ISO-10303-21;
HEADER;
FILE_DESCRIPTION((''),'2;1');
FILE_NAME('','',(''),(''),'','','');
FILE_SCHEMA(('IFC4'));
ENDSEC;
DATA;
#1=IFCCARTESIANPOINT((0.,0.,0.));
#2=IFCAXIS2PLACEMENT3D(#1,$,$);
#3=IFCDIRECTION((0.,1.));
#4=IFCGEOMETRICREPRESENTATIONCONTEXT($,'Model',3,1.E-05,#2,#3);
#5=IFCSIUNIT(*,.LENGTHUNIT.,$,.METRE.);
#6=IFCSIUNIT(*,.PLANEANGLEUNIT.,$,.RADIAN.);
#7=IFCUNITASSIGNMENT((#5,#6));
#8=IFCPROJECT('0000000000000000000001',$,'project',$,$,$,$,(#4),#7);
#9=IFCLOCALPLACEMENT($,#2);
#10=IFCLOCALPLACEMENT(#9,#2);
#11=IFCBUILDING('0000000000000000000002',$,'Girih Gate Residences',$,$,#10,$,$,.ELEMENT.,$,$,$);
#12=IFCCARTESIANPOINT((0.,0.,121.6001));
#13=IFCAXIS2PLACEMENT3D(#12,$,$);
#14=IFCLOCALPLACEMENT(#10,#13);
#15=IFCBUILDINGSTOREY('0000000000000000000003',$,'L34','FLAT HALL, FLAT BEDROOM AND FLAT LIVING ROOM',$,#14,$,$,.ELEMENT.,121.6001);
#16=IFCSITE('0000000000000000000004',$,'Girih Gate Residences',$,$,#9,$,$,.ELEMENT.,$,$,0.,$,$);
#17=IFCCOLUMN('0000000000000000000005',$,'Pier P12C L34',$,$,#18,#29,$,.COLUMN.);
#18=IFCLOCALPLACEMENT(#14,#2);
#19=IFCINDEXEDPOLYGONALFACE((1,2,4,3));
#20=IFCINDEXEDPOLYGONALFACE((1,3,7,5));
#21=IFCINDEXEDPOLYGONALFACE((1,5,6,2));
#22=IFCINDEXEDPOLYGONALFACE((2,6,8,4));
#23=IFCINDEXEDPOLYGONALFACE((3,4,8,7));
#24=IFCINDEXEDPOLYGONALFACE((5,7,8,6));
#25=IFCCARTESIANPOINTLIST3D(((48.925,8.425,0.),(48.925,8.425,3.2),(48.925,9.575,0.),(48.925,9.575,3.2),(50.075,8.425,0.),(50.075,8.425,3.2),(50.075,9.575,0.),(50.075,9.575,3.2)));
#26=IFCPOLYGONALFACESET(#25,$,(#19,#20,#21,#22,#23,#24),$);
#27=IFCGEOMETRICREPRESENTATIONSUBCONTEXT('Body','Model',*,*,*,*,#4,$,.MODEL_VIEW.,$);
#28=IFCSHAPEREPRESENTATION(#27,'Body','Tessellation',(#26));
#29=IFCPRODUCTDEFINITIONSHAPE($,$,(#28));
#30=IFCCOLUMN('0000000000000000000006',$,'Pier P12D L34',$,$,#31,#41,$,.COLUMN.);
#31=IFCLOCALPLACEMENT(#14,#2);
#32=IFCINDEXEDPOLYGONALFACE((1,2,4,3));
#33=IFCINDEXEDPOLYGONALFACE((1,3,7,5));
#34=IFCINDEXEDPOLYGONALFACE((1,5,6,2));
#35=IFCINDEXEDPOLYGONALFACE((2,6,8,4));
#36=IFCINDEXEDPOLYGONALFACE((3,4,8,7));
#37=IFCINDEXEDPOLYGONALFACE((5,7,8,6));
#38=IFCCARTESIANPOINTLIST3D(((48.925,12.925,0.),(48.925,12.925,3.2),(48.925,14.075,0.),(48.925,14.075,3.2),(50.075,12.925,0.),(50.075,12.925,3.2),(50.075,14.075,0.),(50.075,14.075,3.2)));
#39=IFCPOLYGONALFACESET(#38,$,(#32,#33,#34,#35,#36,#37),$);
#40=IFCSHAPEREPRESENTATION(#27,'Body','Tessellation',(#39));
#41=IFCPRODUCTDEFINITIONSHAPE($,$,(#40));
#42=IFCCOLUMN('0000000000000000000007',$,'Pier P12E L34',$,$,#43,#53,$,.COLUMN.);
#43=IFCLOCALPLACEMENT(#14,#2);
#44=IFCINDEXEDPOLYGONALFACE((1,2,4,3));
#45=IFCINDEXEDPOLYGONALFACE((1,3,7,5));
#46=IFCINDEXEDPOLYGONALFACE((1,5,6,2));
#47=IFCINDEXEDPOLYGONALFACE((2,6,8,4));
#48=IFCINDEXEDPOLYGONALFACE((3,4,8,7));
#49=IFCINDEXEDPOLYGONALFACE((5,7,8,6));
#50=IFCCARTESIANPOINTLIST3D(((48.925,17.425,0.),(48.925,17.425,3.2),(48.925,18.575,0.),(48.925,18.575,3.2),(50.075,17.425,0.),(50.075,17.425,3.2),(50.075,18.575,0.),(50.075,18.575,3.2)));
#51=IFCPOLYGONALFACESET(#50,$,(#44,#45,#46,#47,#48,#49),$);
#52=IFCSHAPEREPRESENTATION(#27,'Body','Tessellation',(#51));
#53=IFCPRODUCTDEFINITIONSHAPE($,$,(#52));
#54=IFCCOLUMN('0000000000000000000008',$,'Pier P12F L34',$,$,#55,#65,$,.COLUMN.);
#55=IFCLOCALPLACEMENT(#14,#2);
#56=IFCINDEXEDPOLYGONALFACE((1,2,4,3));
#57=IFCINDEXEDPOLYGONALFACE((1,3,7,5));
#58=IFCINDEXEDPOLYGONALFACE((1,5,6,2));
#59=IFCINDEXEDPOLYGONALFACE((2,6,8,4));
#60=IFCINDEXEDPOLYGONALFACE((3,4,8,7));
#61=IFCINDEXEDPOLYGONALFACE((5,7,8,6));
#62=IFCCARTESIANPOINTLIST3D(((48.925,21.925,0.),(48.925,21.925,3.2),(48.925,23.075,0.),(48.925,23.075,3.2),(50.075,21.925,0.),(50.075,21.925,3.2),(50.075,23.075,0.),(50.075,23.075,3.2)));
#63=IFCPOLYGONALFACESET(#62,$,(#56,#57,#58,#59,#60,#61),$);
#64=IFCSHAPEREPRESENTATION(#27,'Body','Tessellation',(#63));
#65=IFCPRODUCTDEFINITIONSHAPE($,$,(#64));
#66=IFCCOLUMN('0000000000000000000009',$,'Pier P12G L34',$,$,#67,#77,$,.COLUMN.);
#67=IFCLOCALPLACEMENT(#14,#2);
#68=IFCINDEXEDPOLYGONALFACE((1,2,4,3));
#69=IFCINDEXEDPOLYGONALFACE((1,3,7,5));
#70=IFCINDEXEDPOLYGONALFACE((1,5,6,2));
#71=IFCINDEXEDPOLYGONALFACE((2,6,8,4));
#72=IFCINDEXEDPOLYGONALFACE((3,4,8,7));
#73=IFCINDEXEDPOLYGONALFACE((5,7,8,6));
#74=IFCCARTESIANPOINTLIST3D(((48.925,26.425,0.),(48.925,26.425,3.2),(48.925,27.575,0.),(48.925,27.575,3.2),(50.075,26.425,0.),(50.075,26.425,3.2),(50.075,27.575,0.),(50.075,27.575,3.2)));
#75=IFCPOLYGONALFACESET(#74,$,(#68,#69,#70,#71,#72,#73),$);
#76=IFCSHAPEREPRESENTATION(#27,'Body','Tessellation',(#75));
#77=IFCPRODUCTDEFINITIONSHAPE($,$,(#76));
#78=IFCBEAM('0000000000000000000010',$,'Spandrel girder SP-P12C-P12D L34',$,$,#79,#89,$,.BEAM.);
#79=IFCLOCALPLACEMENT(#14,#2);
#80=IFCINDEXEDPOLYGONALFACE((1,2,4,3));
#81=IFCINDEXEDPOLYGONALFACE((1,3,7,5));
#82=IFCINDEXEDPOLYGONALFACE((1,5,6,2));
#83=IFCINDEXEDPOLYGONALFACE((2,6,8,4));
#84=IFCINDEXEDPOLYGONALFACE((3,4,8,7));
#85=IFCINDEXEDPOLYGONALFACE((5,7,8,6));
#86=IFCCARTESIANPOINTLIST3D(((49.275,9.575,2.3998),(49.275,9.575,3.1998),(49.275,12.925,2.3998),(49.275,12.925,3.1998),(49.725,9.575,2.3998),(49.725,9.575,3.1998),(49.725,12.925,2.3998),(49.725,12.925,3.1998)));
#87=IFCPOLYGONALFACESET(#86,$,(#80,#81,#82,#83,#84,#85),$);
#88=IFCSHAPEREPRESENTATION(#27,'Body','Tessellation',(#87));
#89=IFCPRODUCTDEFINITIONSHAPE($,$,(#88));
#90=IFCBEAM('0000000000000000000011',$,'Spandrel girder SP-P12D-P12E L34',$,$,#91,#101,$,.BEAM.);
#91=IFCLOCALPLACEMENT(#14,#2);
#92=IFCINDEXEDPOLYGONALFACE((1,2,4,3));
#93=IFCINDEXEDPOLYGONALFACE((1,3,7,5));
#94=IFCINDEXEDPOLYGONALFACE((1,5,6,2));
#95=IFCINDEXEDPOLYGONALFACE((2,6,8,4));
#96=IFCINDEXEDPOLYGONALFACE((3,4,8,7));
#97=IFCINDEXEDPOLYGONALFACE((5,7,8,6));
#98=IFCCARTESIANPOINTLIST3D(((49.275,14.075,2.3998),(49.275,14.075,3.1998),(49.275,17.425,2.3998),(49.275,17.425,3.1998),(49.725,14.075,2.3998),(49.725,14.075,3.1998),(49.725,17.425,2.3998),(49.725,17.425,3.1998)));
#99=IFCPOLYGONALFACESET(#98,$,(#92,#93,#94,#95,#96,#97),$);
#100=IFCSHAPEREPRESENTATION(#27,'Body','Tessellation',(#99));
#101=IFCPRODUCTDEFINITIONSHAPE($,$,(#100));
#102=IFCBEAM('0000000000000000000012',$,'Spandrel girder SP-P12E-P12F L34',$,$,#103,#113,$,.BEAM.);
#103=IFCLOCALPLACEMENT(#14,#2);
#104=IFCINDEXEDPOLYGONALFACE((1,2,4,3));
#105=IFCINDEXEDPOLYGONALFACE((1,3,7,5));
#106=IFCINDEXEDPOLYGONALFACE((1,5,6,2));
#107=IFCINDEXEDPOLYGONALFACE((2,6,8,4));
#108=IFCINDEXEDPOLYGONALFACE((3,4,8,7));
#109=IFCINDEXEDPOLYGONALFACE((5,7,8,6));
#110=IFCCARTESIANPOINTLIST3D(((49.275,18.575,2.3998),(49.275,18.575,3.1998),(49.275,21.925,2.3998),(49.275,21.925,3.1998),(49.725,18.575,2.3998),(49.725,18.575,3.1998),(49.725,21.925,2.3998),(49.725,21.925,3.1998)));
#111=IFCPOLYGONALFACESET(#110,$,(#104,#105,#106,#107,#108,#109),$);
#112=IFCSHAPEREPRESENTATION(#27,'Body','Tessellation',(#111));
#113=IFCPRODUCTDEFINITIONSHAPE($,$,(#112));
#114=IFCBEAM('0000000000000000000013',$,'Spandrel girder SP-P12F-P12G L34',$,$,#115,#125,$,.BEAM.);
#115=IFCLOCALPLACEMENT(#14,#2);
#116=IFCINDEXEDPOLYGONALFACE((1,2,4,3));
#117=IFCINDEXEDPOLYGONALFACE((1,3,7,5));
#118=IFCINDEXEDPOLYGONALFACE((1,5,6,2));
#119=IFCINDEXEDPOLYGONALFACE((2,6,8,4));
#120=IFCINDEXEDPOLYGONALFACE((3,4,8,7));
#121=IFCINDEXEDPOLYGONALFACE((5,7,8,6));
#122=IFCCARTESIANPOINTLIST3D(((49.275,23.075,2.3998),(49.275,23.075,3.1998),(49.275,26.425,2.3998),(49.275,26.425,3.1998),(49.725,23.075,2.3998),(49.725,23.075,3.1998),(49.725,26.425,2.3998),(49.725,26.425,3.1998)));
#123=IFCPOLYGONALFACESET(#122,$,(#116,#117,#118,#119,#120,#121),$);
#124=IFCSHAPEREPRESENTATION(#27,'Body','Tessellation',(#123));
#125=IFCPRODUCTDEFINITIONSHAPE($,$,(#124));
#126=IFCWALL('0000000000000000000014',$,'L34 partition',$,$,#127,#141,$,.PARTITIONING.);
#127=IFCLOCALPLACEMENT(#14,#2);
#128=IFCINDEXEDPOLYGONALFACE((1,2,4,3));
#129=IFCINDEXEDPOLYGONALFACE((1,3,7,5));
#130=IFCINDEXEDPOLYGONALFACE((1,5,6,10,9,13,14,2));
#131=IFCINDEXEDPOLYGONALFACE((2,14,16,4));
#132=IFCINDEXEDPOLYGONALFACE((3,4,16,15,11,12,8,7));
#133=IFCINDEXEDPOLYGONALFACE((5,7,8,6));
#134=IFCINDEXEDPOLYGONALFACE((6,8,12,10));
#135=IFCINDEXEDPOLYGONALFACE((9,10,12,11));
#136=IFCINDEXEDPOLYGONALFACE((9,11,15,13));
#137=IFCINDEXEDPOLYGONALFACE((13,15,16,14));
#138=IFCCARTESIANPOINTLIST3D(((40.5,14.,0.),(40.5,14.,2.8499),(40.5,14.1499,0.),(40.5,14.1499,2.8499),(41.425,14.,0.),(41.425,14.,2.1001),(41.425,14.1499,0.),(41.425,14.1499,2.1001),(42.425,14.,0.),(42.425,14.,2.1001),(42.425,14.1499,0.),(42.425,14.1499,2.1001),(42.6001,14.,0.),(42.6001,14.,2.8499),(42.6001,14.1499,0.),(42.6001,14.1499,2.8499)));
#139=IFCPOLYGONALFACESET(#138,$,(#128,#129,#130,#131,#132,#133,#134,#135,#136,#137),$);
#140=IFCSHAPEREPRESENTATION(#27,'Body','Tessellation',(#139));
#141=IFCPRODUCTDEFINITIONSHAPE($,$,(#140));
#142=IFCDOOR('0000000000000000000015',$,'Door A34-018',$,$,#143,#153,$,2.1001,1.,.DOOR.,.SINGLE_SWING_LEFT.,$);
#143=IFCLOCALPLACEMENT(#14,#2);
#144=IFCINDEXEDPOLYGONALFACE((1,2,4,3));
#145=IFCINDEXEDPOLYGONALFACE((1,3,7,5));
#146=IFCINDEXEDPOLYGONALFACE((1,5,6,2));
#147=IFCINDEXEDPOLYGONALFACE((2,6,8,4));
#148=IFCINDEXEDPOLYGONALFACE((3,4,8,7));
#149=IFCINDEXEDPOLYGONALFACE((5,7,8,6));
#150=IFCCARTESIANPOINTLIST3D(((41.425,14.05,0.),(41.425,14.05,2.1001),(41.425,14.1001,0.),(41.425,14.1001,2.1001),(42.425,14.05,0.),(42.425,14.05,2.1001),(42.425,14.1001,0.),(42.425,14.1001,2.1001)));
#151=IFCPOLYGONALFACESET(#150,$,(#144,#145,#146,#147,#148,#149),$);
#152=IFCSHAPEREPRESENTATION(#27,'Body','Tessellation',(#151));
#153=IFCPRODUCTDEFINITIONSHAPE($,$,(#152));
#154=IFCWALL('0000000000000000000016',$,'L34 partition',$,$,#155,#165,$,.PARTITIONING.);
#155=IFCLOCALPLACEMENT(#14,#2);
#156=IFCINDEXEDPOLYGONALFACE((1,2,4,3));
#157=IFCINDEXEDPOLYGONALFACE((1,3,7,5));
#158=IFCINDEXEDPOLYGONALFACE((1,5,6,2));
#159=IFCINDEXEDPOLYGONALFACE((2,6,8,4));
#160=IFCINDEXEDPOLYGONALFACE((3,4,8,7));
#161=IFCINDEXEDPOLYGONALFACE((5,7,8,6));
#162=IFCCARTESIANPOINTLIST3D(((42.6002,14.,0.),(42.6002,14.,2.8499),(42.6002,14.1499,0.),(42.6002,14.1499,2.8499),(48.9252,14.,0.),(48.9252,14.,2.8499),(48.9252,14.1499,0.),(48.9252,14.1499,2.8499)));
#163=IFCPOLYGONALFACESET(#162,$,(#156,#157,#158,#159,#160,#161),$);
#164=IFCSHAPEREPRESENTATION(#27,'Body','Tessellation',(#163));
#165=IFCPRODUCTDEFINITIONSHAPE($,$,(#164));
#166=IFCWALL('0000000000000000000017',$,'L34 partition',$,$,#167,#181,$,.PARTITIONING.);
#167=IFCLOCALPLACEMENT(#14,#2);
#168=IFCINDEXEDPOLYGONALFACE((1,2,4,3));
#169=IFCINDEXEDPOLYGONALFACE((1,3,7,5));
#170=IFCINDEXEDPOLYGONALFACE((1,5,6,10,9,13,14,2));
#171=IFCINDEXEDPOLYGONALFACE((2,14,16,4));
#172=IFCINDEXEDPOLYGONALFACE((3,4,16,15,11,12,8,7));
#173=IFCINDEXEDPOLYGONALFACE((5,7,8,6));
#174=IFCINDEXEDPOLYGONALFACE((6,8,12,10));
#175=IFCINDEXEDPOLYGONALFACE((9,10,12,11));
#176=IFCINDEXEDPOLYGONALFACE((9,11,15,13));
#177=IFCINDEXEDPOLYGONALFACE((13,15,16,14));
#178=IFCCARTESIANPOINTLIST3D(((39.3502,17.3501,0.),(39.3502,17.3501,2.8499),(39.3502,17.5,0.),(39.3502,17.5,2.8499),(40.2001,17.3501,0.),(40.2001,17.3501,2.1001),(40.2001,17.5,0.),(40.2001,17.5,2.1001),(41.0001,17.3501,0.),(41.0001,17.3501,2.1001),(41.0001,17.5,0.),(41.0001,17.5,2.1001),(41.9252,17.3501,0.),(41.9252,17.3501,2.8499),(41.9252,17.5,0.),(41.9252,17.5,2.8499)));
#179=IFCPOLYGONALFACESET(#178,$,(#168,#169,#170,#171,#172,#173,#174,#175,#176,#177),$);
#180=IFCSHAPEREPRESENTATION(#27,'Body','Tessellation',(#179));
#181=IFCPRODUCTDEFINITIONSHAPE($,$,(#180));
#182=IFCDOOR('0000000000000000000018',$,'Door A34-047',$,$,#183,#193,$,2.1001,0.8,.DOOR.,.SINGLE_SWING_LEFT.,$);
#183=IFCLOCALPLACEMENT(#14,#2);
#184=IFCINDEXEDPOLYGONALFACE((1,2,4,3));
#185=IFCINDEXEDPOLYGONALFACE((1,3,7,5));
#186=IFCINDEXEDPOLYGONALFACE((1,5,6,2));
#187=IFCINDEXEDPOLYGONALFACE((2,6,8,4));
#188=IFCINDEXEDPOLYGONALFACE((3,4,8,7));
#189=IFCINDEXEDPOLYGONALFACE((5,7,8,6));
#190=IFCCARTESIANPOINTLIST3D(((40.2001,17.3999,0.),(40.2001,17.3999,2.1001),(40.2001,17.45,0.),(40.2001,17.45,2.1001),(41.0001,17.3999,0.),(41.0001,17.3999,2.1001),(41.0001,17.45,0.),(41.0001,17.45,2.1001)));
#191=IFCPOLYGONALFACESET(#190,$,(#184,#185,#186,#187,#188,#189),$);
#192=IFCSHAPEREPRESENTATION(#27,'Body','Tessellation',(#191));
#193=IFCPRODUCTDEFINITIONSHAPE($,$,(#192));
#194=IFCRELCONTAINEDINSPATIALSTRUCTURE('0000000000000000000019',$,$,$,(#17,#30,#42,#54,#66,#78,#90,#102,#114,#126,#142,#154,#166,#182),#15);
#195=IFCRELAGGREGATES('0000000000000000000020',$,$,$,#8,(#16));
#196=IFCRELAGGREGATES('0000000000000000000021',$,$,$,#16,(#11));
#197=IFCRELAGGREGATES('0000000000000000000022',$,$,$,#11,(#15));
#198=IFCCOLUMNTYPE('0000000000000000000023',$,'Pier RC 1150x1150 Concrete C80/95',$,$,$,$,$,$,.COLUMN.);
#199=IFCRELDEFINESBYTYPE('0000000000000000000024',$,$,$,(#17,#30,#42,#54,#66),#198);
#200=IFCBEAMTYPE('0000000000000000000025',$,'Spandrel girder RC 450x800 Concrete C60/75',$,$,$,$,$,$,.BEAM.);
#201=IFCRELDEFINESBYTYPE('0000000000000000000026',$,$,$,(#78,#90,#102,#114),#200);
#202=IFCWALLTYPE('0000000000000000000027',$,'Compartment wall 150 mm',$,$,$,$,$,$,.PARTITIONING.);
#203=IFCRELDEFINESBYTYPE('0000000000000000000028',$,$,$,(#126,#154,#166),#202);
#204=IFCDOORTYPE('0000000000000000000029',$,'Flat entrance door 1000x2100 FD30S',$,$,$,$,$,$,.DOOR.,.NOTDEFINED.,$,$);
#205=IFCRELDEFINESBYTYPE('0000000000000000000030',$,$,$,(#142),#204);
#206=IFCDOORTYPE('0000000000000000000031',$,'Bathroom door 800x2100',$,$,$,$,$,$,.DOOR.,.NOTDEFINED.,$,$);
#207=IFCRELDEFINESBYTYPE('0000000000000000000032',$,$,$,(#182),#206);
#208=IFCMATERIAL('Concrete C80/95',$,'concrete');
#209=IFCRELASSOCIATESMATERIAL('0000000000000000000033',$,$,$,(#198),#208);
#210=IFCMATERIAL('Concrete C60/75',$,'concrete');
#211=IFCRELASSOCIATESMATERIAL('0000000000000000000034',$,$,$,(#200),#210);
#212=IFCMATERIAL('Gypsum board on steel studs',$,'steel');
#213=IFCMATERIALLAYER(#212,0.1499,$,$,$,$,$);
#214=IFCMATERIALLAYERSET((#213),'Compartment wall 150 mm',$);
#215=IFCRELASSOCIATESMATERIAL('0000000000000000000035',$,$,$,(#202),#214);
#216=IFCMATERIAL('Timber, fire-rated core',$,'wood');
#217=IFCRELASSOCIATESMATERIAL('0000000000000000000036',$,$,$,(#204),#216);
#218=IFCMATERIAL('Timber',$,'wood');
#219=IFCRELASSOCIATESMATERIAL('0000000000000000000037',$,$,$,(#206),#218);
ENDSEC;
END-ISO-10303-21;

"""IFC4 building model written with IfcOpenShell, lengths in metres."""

from ifc_helpers import new_model, si_unit, direction, frame, frame_2d, origin, origin_2d, place, context, subcontext, project, spatial, rectangle, extrude, material, layer, layer_set, material_profile, profile_set, type_object, element, fill, save


model = new_model("IFC4")

# Units and contexts
model_context = context("Model", 3, precision=1e-05, world=origin(), true_north=direction((0.0, 1.0)))
body_context = subcontext(model_context, "Body", "Model", "MODEL_VIEW")
ifc_project = project(units=[si_unit("LENGTHUNIT", "METRE"), si_unit("PLANEANGLEUNIT", "RADIAN")], contexts=[model_context])

# Site, building, storey
site_placement = place(None, origin())
site = spatial("IfcSite", under=ifc_project, at=site_placement, Name="Girih Gate Residences", CompositionType="ELEMENT", RefElevation=0.0)
building_placement = place(site_placement, origin())
building = spatial("IfcBuilding", under=site, at=building_placement, Name="Girih Gate Residences", CompositionType="ELEMENT")
storey_placement = place(building_placement, frame((0.0, 0.0, 121.6001)))
storey = spatial("IfcBuildingStorey", under=building, at=storey_placement, Name="L34", Description="FLAT HALL, FLAT BEDROOM AND FLAT LIVING ROOM", CompositionType="ELEMENT", Elevation=121.6001)

# Columns
ifc_material_1 = material(Name="Concrete C80/95", Category="concrete")
ifc_material_profile_1 = material_profile(ifc_material_1, rectangle(XDim=1.1499, YDim=1.1499, at=origin_2d()))
ifc_profile_set_1 = profile_set([ifc_material_profile_1], Name="Concrete C80/95")
column_type = type_object("IfcColumnType", Name="Pier RC 1150x1150 Concrete C80/95", PredefinedType="COLUMN", material=ifc_profile_set_1)
for number, where, z_axis, x_axis, name in (
    (1, (49.5, 9.0, 0.0), (0.0, 0.0, 1.0), (1.0, 0.0, 0.0), "Pier P12C L34"),
    (2, (49.5, 13.5, 0.0), (0.0, 0.0, 1.0), (1.0, 0.0, 0.0), "Pier P12D L34"),
    (3, (49.5, 18.0, 0.0), (0.0, 0.0, 1.0), (1.0, 0.0, 0.0), "Pier P12E L34"),
    (4, (49.5, 22.5, 0.0), (0.0, 0.0, 1.0), (1.0, 0.0, 0.0), "Pier P12F L34"),
    (5, (49.5, 27.0, 0.0), (0.0, 0.0, 1.0), (1.0, 0.0, 0.0), "Pier P12G L34"),
):
    element("IfcColumn", number, at=place(storey_placement, frame(where, z_axis=z_axis, x_axis=x_axis)), inside=storey, type_object=column_type, Name=name, PredefinedType="COLUMN", context=body_context, shape_type="SweptSolid", body=[
        extrude(rectangle(XDim=1.1499, YDim=1.1499, at=origin_2d()), origin(), (0.0, 0.0, 1.0), 3.2),
    ])

# Beams
ifc_material_2 = material(Name="Concrete C60/75", Category="concrete")
ifc_material_profile_2 = material_profile(ifc_material_2, rectangle(XDim=0.45, YDim=0.8, at=origin_2d()))
ifc_profile_set_2 = profile_set([ifc_material_profile_2], Name="Concrete C60/75")
beam_type = type_object("IfcBeamType", Name="Spandrel girder RC 450x800 Concrete C60/75", PredefinedType="BEAM", material=ifc_profile_set_2)
for number, where, z_axis, x_axis, name in (
    (6, (49.5, 9.575, 2.7998), (0.0, 1.0, 0.0), (-1.0, 0.0, 0.0), "Spandrel girder SP-P12C-P12D L34"),
    (7, (49.5, 14.075, 2.7998), (0.0, 1.0, 0.0), (-1.0, 0.0, 0.0), "Spandrel girder SP-P12D-P12E L34"),
    (8, (49.5, 18.575, 2.7998), (0.0, 1.0, 0.0), (-1.0, 0.0, 0.0), "Spandrel girder SP-P12E-P12F L34"),
    (9, (49.5, 23.075, 2.7998), (0.0, 1.0, 0.0), (-1.0, 0.0, 0.0), "Spandrel girder SP-P12F-P12G L34"),
):
    element("IfcBeam", number, at=place(storey_placement, frame(where, z_axis=z_axis, x_axis=x_axis)), inside=storey, type_object=beam_type, Name=name, PredefinedType="BEAM", context=body_context, shape_type="SweptSolid", body=[
        extrude(rectangle(XDim=0.45, YDim=0.8, at=origin_2d()), origin(), (0.0, 0.0, 1.0), 3.3501),
    ])

# Wall, opening, door
ifc_material_3 = material(Name="Gypsum board on steel studs", Category="steel")
ifc_layer_1 = layer(ifc_material_3, 0.1499)
ifc_layer_set_1 = layer_set([ifc_layer_1], Name="Compartment wall 150 mm")
wall_type_1 = type_object("IfcWallType", Name="Compartment wall 150 mm", PredefinedType="PARTITIONING", material=ifc_layer_set_1)
wall_1_placement = place(storey_placement, frame((42.6001, 14.075, 0.0), z_axis=(0.0, 0.0, 1.0), x_axis=(-1.0, 0.0, 0.0)))
wall_1 = element("IfcWall", 10, at=wall_1_placement, inside=storey, type_object=wall_type_1, Name="L34 partition", PredefinedType="PARTITIONING", context=body_context, shape_type="SweptSolid", body=[
    extrude(rectangle(XDim=2.1001, YDim=0.1499, at=frame_2d((1.05, 0.0))), origin(), (0.0, 0.0, 1.0), 2.8499),
])
opening_1_placement = place(wall_1_placement, frame((0.175, 0.0, 0.0)))
opening_1 = element("IfcOpeningElement", 11, at=opening_1_placement, cuts=wall_1, PredefinedType="OPENING", context=body_context, shape_type="SweptSolid", body=[
    extrude(rectangle(XDim=1.0, YDim=2.1001, at=frame_2d((0.5, 1.05))), frame((0.0, 0.085, 0.0), z_axis=(0.0, -1.0, 0.0), x_axis=(1.0, 0.0, 0.0)), (0.0, 0.0, 1.0), 0.1699),
])
ifc_material_4 = material(Name="Timber, fire-rated core", Category="wood")
door_type_1 = type_object("IfcDoorType", Name="Flat entrance door 1000x2100 FD30S", OperationType="NOTDEFINED", PredefinedType="DOOR", material=ifc_material_4)
door_1_placement = place(opening_1_placement, origin())
door_1 = element("IfcDoor", 12, at=door_1_placement, inside=storey, type_object=door_type_1, Name="Door A34-018", OperationType="SINGLE_SWING_LEFT", OverallHeight=2.1001, OverallWidth=1.0, PredefinedType="DOOR", context=body_context, shape_type="SweptSolid", body=[
    extrude(rectangle(XDim=1.0, YDim=2.1001, at=frame_2d((0.5, 1.05))), frame((0.0, 0.0249, 0.0), z_axis=(0.0, -1.0, 0.0), x_axis=(1.0, 0.0, 0.0)), (0.0, 0.0, 1.0), 0.05),
])
fill(opening_1, door_1)

# Wall
wall_2_placement = place(storey_placement, frame((42.6001, 14.075, 0.0), z_axis=(0.0, 0.0, 1.0), x_axis=(1.0, 0.0, 0.0)))
element("IfcWall", 13, at=wall_2_placement, inside=storey, type_object=wall_type_1, Name="L34 partition", PredefinedType="PARTITIONING", context=body_context, shape_type="SweptSolid", body=[
    extrude(rectangle(XDim=6.325, YDim=0.1499, at=frame_2d((3.1626, 0.0))), origin(), (0.0, 0.0, 1.0), 2.8499),
])

# Wall, opening, door
wall_3_placement = place(storey_placement, frame((39.3501, 17.425, 0.0), z_axis=(0.0, 0.0, 1.0), x_axis=(1.0, 0.0, 0.0)))
wall_3 = element("IfcWall", 14, at=wall_3_placement, inside=storey, type_object=wall_type_1, Name="L34 partition", PredefinedType="PARTITIONING", context=body_context, shape_type="SweptSolid", body=[
    extrude(rectangle(XDim=2.575, YDim=0.1499, at=frame_2d((1.2876, 0.0))), origin(), (0.0, 0.0, 1.0), 2.8499),
])
opening_2_placement = place(wall_3_placement, frame((0.8501, 0.0, 0.0)))
opening_2 = element("IfcOpeningElement", 15, at=opening_2_placement, cuts=wall_3, PredefinedType="OPENING", context=body_context, shape_type="SweptSolid", body=[
    extrude(rectangle(XDim=0.8, YDim=2.1001, at=frame_2d((0.3999, 1.05))), frame((0.0, 0.085, 0.0), z_axis=(0.0, -1.0, 0.0), x_axis=(1.0, 0.0, 0.0)), (0.0, 0.0, 1.0), 0.1699),
])
ifc_material_5 = material(Name="Timber", Category="wood")
door_type_2 = type_object("IfcDoorType", Name="Bathroom door 800x2100", OperationType="NOTDEFINED", PredefinedType="DOOR", material=ifc_material_5)
door_2_placement = place(opening_2_placement, origin())
door_2 = element("IfcDoor", 16, at=door_2_placement, inside=storey, type_object=door_type_2, Name="Door A34-047", OperationType="SINGLE_SWING_LEFT", OverallHeight=2.1001, OverallWidth=0.8, PredefinedType="DOOR", context=body_context, shape_type="SweptSolid", body=[
    extrude(rectangle(XDim=0.8, YDim=2.1001, at=frame_2d((0.3999, 1.05))), frame((0.0, 0.0249, 0.0), z_axis=(0.0, -1.0, 0.0), x_axis=(1.0, 0.0, 0.0)), (0.0, 0.0, 1.0), 0.05),
])
fill(opening_2, door_2)

save(model, "model.ifc")
